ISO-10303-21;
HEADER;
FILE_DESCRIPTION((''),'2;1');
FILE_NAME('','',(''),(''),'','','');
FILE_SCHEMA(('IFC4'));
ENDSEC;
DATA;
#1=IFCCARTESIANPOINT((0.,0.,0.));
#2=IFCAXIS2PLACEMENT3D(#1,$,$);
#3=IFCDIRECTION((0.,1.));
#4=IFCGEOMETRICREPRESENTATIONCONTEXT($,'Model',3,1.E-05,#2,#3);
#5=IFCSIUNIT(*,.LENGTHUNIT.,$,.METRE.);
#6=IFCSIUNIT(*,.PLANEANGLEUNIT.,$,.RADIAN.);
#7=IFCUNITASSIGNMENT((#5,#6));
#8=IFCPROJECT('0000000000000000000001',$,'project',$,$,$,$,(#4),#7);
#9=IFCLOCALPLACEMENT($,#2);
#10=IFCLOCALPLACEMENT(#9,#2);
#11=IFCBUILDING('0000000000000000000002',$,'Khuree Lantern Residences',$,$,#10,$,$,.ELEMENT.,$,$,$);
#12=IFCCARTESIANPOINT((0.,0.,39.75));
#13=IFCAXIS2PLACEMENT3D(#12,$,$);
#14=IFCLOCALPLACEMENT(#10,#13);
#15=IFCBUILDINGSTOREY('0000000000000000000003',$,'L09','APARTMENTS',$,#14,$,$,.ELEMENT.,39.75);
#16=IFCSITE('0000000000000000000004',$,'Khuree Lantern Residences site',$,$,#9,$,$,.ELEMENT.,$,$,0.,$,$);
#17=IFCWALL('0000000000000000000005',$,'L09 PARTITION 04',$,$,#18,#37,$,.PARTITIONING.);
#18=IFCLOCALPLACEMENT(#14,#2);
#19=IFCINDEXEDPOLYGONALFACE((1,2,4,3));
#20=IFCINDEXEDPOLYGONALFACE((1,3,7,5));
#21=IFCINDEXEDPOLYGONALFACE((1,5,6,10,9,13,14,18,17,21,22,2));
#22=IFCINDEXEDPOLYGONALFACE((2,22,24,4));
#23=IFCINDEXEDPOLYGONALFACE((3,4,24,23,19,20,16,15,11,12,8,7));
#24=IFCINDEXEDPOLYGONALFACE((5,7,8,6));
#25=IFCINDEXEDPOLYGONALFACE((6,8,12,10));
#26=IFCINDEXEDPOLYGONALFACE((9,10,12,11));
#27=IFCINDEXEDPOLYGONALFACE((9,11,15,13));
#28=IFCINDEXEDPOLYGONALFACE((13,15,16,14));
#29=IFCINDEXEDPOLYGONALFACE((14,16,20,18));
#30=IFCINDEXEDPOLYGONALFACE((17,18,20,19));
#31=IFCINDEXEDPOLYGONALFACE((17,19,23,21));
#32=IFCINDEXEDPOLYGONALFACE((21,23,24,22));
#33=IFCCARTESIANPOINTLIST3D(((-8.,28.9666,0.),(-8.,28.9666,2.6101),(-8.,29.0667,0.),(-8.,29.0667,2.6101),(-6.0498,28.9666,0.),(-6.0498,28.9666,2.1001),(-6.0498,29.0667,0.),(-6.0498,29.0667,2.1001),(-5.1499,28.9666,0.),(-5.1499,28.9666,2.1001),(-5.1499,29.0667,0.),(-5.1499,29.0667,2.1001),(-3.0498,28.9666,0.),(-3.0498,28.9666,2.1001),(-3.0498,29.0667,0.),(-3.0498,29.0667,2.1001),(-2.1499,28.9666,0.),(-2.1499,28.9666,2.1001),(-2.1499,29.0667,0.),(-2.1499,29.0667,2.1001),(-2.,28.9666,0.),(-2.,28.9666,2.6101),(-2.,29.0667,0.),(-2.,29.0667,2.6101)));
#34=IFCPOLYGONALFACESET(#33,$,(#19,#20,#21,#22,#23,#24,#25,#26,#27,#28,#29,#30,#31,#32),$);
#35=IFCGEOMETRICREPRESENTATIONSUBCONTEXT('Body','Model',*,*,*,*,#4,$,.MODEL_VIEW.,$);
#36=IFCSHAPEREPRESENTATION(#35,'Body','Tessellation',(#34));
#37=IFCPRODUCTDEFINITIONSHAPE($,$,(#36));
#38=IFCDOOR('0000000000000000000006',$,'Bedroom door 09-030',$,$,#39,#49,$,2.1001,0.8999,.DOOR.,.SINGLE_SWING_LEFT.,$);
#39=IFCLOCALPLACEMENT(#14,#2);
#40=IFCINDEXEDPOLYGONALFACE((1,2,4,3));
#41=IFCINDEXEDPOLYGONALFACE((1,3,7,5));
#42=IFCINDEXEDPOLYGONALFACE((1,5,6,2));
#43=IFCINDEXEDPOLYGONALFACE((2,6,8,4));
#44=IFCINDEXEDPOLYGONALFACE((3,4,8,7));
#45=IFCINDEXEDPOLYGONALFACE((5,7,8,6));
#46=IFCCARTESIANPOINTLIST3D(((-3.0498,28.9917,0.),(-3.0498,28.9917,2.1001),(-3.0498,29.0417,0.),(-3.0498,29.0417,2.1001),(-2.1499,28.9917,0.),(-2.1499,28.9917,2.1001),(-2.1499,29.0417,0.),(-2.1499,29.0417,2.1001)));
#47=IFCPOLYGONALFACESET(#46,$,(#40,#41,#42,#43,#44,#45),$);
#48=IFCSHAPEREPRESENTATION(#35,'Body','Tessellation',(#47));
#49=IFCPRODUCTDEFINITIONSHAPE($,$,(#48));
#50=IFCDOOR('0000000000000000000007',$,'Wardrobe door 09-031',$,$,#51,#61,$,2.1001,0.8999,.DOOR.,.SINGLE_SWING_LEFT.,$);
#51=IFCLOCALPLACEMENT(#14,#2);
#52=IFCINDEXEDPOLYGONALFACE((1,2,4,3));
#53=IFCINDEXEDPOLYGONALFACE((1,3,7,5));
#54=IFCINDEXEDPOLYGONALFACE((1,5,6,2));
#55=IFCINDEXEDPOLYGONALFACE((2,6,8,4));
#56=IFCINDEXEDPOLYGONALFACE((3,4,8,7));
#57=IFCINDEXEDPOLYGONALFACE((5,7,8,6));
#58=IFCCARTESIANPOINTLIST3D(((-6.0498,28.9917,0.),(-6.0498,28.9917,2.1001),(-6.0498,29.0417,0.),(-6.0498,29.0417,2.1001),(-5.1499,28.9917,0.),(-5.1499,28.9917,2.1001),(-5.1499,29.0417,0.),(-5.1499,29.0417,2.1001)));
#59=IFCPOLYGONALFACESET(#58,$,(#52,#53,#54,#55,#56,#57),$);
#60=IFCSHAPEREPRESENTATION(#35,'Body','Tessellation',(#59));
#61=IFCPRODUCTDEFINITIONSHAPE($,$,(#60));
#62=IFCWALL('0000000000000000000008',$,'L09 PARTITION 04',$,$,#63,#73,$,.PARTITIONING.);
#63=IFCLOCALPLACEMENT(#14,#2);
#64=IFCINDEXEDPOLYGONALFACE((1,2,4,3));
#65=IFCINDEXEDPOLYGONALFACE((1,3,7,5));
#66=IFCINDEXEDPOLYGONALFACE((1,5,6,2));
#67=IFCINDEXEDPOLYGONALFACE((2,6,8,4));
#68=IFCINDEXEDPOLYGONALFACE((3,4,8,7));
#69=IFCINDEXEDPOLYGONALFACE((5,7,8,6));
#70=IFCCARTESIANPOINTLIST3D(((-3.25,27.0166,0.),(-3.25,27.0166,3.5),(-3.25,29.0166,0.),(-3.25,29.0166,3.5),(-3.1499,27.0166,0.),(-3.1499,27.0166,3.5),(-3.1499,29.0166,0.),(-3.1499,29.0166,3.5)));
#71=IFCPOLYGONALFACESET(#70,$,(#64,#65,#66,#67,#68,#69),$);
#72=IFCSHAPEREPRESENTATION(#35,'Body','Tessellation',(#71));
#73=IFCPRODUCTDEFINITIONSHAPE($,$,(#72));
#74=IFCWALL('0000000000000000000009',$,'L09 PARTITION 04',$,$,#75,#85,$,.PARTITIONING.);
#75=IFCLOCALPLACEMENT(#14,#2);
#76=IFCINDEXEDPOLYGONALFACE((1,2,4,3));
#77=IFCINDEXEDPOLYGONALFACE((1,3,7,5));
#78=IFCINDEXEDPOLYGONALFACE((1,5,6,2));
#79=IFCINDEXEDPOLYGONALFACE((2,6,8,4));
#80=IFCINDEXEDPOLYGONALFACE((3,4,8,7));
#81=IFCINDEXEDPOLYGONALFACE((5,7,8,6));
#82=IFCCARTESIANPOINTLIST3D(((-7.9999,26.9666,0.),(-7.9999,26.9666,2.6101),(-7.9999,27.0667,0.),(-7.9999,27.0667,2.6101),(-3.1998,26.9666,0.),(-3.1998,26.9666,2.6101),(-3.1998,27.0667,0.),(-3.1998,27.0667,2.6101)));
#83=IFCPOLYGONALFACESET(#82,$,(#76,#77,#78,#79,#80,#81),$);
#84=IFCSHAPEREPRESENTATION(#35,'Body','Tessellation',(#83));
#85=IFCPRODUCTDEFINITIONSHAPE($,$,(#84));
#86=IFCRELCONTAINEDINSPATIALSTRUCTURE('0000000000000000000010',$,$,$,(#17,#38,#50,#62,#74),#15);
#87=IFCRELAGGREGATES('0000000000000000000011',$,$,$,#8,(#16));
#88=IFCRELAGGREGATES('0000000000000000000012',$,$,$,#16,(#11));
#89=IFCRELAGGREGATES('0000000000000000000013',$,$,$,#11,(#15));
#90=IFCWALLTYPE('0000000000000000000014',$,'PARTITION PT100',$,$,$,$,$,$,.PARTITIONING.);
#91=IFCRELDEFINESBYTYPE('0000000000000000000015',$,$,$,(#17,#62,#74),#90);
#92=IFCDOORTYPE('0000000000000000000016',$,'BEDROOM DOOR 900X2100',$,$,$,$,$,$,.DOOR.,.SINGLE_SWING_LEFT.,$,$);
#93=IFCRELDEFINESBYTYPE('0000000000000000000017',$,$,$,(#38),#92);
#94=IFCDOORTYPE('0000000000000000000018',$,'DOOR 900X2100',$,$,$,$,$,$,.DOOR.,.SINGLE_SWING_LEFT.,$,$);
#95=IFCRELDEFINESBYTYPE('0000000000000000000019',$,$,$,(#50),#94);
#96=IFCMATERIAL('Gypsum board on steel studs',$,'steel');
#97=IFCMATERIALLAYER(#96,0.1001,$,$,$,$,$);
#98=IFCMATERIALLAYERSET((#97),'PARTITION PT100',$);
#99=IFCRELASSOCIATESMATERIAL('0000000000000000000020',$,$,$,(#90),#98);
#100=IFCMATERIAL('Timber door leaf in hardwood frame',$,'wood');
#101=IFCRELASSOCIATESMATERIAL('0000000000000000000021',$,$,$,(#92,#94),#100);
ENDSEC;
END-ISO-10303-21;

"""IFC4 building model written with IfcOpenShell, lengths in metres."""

from ifc_helpers import new_model, si_unit, direction, frame, frame_2d, origin, place, context, subcontext, project, spatial, rectangle, extrude, material, layer, layer_set, type_object, element, fill, save


model = new_model("IFC4")

# Units and contexts
model_context = context("Model", 3, precision=1e-05, world=origin(), true_north=direction((0.0, 1.0)))
body_context = subcontext(model_context, "Body", "Model", "MODEL_VIEW")
ifc_project = project(units=[si_unit("LENGTHUNIT", "METRE"), si_unit("PLANEANGLEUNIT", "RADIAN")], contexts=[model_context])

# Site, building, storey
site_placement = place(None, origin())
site = spatial("IfcSite", under=ifc_project, at=site_placement, Name="Khuree Lantern Residences site", CompositionType="ELEMENT", RefElevation=0.0)
building_placement = place(site_placement, origin())
building = spatial("IfcBuilding", under=site, at=building_placement, Name="Khuree Lantern Residences", CompositionType="ELEMENT")
storey_placement = place(building_placement, frame((0.0, 0.0, 39.75)))
storey = spatial("IfcBuildingStorey", under=building, at=storey_placement, Name="L09", Description="APARTMENTS", CompositionType="ELEMENT", Elevation=39.75)

# Shared definitions
ifc_material_1 = material(Name="Timber door leaf in hardwood frame", Category="wood")

# Shared definitions
ifc_material_2 = material(Name="Gypsum board on steel studs", Category="steel")

# Shared definitions
ifc_layer_1 = layer(ifc_material_2, 0.1001)
ifc_layer_set_1 = layer_set([ifc_layer_1], Name="PARTITION PT100")
wall_type_1 = type_object("IfcWallType", Name="PARTITION PT100", PredefinedType="PARTITIONING", material=ifc_layer_set_1)

# Wall, openings, doors
wall_1_placement = place(storey_placement, frame((-2.0, 29.0166, 0.0), z_axis=(0.0, 0.0, 1.0), x_axis=(-1.0, 0.0, 0.0)))
wall_1 = element("IfcWall", 1, at=wall_1_placement, inside=storey, type_object=wall_type_1, Name="L09 PARTITION 04", PredefinedType="PARTITIONING", context=body_context, shape_type="SweptSolid", body=[
    extrude(rectangle(XDim=6.0, YDim=0.1001, at=frame_2d((3.0, 0.0))), origin(), (0.0, 0.0, 1.0), 2.6101),
])
opening_1_placement = place(wall_1_placement, frame((0.1499, 0.0, 0.0)))
opening_1 = element("IfcOpeningElement", 2, at=opening_1_placement, cuts=wall_1, PredefinedType="OPENING", context=body_context, shape_type="SweptSolid", body=[
    extrude(rectangle(XDim=0.8999, YDim=2.1001, at=frame_2d((0.45, 1.05))), frame((0.0, 0.0601, 0.0), z_axis=(0.0, -1.0, 0.0), x_axis=(1.0, 0.0, 0.0)), (0.0, 0.0, 1.0), 0.1201),
])
opening_2_placement = place(wall_1_placement, frame((3.1499, 0.0, 0.0)))
opening_2 = element("IfcOpeningElement", 3, at=opening_2_placement, cuts=wall_1, PredefinedType="OPENING", context=body_context, shape_type="SweptSolid", body=[
    extrude(rectangle(XDim=0.8999, YDim=2.1001, at=frame_2d((0.45, 1.05))), frame((0.0, 0.0601, 0.0), z_axis=(0.0, -1.0, 0.0), x_axis=(1.0, 0.0, 0.0)), (0.0, 0.0, 1.0), 0.1201),
])
door_type_1 = type_object("IfcDoorType", Name="BEDROOM DOOR 900X2100", OperationType="SINGLE_SWING_LEFT", PredefinedType="DOOR", material=ifc_material_1)
door_1_placement = place(opening_1_placement, origin())
door_1 = element("IfcDoor", 4, at=door_1_placement, inside=storey, type_object=door_type_1, Name="Bedroom door 09-030", OperationType="SINGLE_SWING_LEFT", OverallHeight=2.1001, OverallWidth=0.8999, PredefinedType="DOOR", context=body_context, shape_type="SweptSolid", body=[
    extrude(rectangle(XDim=0.8999, YDim=2.1001, at=frame_2d((0.45, 1.05))), frame((0.0, 0.0249, 0.0), z_axis=(0.0, -1.0, 0.0), x_axis=(1.0, 0.0, 0.0)), (0.0, 0.0, 1.0), 0.05),
])
fill(opening_1, door_1)
door_type_2 = type_object("IfcDoorType", Name="DOOR 900X2100", OperationType="SINGLE_SWING_LEFT", PredefinedType="DOOR", material=ifc_material_1)
door_2_placement = place(opening_2_placement, origin())
door_2 = element("IfcDoor", 5, at=door_2_placement, inside=storey, type_object=door_type_2, Name="Wardrobe door 09-031", OperationType="SINGLE_SWING_LEFT", OverallHeight=2.1001, OverallWidth=0.8999, PredefinedType="DOOR", context=body_context, shape_type="SweptSolid", body=[
    extrude(rectangle(XDim=0.8999, YDim=2.1001, at=frame_2d((0.45, 1.05))), frame((0.0, 0.0249, 0.0), z_axis=(0.0, -1.0, 0.0), x_axis=(1.0, 0.0, 0.0)), (0.0, 0.0, 1.0), 0.05),
])
fill(opening_2, door_2)

# Walls
wall_2_placement = place(storey_placement, frame((-3.2, 27.0166, 0.0), z_axis=(0.0, 0.0, 1.0), x_axis=(0.0, 1.0, 0.0)))
element("IfcWall", 6, at=wall_2_placement, inside=storey, type_object=wall_type_1, Name="L09 PARTITION 04", PredefinedType="PARTITIONING", context=body_context, shape_type="SweptSolid", body=[
    extrude(rectangle(XDim=2.0, YDim=0.1001, at=frame_2d((1.0, 0.0))), origin(), (0.0, 0.0, 1.0), 3.5),
])
wall_3_placement = place(storey_placement, frame((-3.2, 27.0166, 0.0), z_axis=(0.0, 0.0, 1.0), x_axis=(-1.0, 0.0, 0.0)))
element("IfcWall", 7, at=wall_3_placement, inside=storey, type_object=wall_type_1, Name="L09 PARTITION 04", PredefinedType="PARTITIONING", context=body_context, shape_type="SweptSolid", body=[
    extrude(rectangle(XDim=4.8, YDim=0.1001, at=frame_2d((2.3999, 0.0))), origin(), (0.0, 0.0, 1.0), 2.6101),
])

save(model, "model.ifc")
